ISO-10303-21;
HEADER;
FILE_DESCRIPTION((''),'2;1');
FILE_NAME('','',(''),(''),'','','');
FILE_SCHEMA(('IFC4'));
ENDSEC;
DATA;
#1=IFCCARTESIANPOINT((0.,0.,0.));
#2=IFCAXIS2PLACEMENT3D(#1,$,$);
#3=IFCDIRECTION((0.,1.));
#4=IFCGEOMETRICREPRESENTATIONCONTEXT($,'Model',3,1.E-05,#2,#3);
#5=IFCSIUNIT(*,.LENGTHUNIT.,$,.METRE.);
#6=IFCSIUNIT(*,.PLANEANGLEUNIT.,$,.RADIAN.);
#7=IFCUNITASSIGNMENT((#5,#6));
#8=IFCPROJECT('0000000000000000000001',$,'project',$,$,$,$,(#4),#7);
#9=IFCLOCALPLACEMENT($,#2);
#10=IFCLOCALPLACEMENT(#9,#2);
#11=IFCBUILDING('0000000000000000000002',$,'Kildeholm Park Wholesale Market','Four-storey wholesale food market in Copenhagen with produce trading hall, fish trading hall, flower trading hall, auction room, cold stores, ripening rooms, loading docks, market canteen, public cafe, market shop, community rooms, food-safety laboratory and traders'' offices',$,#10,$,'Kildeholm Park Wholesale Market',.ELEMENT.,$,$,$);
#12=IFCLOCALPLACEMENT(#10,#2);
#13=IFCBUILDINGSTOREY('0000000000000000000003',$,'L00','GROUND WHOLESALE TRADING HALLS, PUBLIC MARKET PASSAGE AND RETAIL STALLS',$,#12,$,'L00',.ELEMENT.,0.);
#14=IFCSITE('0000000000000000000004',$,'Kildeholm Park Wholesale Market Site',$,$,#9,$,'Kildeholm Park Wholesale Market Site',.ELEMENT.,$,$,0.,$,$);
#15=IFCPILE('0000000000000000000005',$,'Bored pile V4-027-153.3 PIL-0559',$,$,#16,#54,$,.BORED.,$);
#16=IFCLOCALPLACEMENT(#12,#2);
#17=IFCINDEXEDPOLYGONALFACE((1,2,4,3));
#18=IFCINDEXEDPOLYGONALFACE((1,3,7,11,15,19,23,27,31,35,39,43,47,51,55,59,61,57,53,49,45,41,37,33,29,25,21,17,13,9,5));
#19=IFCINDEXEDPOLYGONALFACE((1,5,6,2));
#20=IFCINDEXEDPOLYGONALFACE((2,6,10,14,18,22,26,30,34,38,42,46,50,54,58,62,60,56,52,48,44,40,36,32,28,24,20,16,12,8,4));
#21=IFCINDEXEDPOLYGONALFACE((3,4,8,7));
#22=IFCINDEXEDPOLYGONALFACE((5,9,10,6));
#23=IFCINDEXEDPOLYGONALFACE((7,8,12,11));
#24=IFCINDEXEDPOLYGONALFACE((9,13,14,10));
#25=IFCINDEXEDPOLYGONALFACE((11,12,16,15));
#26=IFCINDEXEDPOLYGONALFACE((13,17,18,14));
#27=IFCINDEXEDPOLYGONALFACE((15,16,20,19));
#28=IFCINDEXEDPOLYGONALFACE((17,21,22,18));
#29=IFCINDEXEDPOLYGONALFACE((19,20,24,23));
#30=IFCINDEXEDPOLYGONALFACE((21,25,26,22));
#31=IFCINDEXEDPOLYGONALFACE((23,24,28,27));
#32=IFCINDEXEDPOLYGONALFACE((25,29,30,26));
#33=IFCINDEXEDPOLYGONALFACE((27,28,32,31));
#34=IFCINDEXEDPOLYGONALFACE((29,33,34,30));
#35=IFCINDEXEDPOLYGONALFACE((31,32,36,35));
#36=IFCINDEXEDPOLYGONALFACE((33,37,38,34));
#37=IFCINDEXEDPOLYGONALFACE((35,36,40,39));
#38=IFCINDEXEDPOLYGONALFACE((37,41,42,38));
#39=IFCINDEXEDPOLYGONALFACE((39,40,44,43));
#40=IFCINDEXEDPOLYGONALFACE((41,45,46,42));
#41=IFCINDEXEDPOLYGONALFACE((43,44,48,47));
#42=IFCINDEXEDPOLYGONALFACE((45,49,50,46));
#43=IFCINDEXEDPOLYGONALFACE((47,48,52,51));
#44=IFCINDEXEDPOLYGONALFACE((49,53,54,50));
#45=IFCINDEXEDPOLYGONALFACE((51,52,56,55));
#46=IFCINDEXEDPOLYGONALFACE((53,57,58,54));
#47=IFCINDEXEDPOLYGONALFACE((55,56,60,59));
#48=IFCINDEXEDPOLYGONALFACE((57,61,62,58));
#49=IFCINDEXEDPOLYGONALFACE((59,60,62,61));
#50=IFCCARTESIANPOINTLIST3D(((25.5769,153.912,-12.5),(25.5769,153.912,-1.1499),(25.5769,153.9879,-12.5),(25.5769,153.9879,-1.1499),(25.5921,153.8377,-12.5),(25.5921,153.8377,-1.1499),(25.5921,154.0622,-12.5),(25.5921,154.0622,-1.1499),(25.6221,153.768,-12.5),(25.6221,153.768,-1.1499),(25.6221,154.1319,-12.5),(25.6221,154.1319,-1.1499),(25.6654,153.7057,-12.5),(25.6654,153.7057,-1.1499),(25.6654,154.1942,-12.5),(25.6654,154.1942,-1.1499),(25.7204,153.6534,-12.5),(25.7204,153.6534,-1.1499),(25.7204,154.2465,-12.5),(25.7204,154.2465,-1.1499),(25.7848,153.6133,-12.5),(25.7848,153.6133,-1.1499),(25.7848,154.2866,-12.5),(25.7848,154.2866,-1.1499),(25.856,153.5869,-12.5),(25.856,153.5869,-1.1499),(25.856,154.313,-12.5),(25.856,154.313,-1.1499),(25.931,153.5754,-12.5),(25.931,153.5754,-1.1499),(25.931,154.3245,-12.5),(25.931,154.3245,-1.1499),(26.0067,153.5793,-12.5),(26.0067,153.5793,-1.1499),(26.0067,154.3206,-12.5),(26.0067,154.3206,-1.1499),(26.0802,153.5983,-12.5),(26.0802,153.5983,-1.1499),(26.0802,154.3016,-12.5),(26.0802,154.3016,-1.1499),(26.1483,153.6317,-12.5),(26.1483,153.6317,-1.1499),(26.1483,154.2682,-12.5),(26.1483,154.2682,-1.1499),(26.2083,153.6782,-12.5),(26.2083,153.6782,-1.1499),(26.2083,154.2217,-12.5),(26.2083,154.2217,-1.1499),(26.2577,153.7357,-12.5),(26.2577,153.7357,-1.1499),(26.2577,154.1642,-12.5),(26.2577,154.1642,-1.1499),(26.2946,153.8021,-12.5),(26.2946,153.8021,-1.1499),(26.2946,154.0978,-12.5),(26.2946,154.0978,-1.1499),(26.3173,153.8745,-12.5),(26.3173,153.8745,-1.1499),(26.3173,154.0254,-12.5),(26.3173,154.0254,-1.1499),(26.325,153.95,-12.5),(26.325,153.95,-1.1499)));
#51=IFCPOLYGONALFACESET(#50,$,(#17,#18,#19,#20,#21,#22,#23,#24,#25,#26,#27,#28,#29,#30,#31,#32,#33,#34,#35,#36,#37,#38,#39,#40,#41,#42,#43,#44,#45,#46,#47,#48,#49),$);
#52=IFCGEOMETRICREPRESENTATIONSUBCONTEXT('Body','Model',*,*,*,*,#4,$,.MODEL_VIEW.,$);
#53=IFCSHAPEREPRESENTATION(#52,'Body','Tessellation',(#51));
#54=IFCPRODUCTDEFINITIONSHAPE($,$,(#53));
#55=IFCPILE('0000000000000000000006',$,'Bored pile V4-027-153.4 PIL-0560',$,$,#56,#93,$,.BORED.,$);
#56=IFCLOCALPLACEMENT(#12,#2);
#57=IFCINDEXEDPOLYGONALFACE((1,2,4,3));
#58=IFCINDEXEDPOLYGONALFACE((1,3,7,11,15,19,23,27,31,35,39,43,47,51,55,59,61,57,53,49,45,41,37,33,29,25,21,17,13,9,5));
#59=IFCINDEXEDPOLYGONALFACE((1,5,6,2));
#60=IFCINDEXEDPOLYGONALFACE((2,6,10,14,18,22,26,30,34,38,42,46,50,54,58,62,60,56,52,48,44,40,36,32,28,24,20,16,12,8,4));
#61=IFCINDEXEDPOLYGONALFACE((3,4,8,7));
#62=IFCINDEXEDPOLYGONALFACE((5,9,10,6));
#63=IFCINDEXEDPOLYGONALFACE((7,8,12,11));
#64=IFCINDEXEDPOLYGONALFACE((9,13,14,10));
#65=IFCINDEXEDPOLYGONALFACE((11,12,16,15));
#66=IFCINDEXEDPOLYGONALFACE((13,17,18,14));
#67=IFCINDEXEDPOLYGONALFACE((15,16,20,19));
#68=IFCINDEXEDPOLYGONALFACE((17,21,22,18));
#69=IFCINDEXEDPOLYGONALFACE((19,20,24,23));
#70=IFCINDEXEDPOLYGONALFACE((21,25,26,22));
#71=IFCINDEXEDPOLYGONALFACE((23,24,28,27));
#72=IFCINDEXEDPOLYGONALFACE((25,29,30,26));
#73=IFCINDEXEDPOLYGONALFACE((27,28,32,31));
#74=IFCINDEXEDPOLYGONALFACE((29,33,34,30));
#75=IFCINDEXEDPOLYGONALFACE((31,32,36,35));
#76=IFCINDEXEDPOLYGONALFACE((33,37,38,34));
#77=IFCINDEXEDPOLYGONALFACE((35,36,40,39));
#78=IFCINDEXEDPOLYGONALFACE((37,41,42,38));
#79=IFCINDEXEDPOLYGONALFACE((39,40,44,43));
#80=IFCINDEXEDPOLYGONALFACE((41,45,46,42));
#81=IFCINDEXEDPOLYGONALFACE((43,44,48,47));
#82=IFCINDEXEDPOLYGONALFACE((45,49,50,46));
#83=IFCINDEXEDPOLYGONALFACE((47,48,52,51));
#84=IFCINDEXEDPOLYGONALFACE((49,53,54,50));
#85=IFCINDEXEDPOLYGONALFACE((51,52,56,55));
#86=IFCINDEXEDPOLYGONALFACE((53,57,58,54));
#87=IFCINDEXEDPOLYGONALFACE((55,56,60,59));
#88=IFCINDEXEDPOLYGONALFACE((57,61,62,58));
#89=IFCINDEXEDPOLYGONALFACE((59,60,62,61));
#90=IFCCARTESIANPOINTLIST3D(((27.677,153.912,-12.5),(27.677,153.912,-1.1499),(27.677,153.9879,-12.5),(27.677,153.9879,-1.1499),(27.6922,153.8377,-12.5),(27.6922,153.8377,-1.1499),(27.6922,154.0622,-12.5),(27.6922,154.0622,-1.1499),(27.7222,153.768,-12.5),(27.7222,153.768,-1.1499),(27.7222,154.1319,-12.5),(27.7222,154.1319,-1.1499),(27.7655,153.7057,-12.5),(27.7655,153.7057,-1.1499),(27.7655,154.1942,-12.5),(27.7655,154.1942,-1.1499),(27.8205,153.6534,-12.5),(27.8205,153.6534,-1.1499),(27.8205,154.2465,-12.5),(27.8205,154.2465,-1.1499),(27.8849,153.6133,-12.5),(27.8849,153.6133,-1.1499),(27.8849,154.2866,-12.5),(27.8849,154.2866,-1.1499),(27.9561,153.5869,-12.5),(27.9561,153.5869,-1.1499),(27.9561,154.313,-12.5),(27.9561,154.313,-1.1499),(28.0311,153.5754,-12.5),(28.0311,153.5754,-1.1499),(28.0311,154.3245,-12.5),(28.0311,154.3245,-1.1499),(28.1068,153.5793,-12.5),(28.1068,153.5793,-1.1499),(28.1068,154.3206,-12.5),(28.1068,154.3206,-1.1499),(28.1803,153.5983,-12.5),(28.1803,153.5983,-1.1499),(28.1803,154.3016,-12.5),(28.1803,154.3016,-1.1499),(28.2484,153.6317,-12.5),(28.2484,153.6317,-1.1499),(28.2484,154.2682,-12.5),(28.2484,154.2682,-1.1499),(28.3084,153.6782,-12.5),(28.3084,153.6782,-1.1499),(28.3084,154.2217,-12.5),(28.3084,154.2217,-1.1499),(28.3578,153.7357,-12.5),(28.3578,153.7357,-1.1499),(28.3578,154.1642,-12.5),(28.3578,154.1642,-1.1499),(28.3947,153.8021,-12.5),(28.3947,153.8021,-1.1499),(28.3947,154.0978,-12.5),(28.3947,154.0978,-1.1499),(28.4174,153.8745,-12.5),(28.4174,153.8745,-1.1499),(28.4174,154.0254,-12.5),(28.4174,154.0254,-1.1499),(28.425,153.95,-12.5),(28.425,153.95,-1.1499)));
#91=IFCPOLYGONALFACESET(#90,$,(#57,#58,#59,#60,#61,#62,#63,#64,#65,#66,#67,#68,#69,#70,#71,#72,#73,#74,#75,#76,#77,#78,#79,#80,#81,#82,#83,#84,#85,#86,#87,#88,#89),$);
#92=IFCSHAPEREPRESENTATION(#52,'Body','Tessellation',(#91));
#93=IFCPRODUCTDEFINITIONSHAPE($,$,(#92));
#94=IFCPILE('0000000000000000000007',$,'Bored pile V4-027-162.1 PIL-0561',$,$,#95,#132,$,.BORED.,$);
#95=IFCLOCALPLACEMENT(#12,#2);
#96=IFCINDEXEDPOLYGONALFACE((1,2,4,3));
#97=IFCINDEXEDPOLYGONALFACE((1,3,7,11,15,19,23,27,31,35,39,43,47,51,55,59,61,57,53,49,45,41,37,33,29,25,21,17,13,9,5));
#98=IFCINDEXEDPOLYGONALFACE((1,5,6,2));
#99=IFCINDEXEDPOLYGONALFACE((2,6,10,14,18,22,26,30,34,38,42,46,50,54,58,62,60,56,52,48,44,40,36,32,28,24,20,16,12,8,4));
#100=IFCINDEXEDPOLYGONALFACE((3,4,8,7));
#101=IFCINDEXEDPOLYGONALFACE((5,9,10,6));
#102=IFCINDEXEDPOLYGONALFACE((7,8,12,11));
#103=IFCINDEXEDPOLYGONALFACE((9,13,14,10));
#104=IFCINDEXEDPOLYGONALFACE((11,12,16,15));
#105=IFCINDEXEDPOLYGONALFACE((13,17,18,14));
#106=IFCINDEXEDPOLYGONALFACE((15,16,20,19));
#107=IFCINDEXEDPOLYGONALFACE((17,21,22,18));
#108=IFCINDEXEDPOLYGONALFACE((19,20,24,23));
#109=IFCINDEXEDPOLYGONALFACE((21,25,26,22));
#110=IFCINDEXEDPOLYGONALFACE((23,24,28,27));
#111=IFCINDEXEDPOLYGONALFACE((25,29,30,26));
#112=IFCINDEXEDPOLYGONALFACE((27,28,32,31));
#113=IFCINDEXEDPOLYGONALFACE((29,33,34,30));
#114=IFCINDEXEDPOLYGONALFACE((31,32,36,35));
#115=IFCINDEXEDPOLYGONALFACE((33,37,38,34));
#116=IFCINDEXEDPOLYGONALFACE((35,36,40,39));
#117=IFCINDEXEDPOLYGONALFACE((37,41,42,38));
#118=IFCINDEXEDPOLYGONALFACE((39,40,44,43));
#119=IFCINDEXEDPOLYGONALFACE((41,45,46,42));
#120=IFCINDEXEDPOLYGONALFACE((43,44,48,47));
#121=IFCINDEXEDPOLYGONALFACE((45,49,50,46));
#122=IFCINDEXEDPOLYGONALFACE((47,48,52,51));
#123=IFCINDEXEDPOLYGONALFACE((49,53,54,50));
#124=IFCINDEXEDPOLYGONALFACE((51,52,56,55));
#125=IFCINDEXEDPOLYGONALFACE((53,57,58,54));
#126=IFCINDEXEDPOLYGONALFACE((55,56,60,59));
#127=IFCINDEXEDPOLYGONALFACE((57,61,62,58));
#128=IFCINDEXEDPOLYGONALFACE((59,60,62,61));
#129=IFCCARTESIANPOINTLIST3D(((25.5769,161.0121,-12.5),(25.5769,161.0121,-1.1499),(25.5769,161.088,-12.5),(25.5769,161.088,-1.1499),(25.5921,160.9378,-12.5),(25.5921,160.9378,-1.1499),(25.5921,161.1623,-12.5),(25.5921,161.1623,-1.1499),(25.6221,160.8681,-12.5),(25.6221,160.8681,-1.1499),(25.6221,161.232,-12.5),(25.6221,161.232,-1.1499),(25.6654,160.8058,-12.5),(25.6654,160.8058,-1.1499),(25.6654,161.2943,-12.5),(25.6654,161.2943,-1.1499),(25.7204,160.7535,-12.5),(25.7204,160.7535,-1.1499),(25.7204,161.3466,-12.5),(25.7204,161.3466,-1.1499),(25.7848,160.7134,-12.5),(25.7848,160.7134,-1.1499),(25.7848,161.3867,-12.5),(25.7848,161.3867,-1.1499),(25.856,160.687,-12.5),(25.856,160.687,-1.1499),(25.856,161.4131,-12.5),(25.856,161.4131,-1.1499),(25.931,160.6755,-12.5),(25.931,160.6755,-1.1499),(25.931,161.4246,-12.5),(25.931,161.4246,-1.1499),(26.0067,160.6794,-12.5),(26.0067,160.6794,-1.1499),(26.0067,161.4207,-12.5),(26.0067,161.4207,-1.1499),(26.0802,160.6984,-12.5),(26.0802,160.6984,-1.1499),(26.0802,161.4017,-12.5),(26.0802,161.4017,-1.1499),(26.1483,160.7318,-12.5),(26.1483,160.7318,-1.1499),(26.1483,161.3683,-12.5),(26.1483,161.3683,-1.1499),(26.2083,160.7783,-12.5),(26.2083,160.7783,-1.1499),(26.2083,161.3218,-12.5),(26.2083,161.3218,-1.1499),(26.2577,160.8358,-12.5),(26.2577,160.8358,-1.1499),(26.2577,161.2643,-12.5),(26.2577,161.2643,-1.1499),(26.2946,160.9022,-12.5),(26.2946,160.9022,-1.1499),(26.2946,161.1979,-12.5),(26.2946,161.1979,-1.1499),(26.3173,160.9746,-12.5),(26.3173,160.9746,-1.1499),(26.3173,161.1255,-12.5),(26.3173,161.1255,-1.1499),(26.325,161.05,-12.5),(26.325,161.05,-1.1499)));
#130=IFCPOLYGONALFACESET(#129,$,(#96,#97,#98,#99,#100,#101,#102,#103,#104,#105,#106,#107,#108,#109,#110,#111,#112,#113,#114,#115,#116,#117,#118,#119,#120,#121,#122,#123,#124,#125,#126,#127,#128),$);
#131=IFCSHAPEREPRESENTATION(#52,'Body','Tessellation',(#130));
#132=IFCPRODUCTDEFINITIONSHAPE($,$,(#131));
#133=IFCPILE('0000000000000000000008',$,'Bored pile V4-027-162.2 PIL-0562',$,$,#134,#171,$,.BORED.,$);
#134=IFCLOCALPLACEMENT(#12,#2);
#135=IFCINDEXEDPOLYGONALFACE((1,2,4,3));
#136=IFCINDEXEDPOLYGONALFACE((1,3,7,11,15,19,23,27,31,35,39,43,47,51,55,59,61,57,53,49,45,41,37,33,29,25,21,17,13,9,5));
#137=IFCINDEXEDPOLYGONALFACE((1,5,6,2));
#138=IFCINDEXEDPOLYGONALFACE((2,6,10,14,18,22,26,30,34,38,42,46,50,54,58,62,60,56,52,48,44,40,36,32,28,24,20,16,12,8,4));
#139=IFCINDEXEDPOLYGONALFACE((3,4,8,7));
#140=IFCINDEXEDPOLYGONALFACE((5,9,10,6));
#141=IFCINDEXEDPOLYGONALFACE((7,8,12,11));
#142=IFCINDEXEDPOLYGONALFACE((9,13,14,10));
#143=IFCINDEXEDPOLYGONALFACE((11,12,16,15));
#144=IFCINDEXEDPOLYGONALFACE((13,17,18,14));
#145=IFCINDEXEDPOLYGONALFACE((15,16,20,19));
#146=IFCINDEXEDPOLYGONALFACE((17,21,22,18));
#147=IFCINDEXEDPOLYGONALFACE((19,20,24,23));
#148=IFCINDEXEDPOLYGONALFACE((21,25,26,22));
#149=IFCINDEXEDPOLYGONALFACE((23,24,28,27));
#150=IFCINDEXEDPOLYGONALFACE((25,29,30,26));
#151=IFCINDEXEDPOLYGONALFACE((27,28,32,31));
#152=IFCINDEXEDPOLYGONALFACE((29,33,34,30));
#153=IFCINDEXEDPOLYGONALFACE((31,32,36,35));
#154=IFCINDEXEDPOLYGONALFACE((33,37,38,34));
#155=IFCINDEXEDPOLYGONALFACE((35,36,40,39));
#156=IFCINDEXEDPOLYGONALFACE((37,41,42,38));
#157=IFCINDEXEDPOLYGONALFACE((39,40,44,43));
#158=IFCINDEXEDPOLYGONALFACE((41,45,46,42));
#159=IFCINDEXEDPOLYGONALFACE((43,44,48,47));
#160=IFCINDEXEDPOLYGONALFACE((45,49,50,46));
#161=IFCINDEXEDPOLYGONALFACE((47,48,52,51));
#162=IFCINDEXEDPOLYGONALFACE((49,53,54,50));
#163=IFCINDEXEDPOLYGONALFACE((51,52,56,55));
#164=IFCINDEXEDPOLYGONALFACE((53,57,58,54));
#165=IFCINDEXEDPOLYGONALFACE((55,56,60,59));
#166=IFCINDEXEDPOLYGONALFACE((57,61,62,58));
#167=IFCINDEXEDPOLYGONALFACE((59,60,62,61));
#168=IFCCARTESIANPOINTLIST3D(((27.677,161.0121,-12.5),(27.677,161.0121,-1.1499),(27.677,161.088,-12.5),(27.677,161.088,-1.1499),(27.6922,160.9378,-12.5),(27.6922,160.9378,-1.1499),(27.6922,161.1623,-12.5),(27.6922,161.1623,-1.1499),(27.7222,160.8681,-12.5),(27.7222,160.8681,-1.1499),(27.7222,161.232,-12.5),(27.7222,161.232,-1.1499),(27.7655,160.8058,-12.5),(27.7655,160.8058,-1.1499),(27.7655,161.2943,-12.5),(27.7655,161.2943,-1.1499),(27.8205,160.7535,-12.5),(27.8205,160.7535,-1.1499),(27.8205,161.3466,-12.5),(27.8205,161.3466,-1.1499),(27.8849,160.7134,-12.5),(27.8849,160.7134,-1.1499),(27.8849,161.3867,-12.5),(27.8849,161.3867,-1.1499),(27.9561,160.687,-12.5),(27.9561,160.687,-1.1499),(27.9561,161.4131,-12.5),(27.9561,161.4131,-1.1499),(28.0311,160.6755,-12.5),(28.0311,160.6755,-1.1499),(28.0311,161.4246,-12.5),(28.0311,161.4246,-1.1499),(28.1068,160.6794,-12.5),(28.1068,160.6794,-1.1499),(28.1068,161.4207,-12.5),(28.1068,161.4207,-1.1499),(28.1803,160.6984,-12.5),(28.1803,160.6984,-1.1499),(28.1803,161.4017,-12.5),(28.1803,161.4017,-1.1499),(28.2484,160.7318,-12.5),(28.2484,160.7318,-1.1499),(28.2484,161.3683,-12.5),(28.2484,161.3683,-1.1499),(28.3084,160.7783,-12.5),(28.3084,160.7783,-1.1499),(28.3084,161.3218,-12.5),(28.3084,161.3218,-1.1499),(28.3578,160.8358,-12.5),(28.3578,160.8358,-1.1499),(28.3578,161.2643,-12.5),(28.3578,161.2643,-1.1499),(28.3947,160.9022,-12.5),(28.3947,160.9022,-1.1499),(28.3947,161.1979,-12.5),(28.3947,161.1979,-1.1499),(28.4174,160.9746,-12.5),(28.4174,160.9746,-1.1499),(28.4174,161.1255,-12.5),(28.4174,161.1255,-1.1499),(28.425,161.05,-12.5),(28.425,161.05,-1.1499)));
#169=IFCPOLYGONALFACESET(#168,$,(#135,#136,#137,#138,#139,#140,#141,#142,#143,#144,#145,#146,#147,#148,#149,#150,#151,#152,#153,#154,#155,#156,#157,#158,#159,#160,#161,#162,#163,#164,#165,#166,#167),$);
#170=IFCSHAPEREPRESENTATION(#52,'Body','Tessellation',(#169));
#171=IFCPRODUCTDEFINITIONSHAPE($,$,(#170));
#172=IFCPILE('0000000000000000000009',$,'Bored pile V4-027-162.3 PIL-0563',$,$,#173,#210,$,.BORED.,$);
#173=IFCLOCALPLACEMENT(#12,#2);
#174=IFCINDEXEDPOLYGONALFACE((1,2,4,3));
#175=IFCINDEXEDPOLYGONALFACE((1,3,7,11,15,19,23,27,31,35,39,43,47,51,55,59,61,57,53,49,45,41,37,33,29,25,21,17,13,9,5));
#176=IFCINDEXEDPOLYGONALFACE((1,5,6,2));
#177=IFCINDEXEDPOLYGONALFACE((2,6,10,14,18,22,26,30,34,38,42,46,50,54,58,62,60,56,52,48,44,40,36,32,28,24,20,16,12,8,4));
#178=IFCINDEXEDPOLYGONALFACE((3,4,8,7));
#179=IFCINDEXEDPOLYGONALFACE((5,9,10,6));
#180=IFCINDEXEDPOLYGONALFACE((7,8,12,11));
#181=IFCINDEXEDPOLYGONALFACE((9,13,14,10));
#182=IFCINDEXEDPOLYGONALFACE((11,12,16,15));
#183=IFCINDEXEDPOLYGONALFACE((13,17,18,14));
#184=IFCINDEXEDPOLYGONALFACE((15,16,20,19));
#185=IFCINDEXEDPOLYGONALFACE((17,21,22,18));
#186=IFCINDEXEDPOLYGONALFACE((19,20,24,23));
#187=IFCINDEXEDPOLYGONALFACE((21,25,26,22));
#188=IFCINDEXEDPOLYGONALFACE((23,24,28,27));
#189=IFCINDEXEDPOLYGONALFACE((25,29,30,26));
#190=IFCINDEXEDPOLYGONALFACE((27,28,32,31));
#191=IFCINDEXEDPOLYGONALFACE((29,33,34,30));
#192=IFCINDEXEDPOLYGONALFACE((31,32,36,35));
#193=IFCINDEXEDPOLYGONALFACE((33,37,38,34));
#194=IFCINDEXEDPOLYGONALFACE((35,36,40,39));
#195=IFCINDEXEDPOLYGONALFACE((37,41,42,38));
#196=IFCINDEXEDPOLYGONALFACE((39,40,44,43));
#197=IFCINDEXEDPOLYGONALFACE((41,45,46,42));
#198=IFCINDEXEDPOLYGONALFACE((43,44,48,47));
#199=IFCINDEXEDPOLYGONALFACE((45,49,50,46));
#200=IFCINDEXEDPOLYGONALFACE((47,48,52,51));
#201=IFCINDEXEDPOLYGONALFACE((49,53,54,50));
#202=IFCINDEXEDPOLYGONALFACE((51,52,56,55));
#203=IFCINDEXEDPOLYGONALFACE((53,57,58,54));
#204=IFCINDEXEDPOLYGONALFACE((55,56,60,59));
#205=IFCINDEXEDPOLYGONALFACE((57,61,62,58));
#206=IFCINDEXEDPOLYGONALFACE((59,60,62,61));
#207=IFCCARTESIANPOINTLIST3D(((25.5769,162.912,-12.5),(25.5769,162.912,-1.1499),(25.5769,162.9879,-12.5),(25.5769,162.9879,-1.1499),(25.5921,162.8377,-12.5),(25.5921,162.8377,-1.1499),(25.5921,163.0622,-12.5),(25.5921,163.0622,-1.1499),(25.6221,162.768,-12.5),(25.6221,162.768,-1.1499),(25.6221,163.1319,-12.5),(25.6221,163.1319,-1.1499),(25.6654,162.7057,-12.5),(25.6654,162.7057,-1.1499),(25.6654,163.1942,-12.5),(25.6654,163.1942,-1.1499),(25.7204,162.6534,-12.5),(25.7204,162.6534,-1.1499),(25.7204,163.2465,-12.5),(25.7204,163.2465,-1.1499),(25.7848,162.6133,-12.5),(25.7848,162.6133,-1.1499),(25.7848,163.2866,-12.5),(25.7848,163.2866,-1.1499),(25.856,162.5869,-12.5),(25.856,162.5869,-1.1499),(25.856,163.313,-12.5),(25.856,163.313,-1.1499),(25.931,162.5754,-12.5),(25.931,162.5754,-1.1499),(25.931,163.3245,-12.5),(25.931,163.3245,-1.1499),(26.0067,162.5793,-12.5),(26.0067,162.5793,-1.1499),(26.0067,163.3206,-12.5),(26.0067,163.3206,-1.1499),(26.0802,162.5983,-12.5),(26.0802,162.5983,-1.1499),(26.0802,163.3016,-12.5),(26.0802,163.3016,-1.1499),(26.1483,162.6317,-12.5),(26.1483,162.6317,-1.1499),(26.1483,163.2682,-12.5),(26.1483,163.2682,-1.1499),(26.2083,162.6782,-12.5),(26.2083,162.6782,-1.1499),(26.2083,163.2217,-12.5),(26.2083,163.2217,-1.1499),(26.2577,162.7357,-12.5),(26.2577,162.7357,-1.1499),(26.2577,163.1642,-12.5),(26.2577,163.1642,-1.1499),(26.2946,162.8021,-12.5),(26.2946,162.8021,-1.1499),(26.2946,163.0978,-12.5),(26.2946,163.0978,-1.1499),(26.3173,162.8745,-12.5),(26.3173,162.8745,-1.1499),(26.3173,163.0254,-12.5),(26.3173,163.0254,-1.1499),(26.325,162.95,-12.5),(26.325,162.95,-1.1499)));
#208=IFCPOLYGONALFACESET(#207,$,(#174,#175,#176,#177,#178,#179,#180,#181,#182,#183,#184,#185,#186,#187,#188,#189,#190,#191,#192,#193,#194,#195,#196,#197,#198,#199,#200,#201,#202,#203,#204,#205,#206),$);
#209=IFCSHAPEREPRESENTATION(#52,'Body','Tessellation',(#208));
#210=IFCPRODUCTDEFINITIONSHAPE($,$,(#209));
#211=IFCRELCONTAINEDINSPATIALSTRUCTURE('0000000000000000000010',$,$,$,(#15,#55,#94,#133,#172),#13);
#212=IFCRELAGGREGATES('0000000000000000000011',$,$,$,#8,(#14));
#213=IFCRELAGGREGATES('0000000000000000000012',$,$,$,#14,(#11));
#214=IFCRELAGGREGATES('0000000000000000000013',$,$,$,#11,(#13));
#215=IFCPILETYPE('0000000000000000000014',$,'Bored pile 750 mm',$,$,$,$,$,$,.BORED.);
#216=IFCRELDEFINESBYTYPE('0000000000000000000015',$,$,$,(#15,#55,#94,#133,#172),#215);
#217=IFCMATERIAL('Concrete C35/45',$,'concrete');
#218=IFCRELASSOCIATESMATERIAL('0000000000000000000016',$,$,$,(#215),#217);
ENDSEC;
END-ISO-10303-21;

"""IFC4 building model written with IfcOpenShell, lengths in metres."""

from ifc_helpers import new_model, si_unit, direction, frame, origin, origin_2d, place, context, subcontext, project, spatial, circle, extrude, material, material_profile, profile_set, type_object, element, save


model = new_model("IFC4")

# Units and contexts
model_context = context("Model", 3, precision=1e-05, world=origin(), true_north=direction((0.0, 1.0)))
body_context = subcontext(model_context, "Body", "Model", "MODEL_VIEW")
ifc_project = project(units=[si_unit("LENGTHUNIT", "METRE"), si_unit("PLANEANGLEUNIT", "RADIAN")], contexts=[model_context])

# Site, building, storey
site_placement = place(None, origin())
site = spatial("IfcSite", under=ifc_project, at=site_placement, Name="Kildeholm Park Wholesale Market Site", LongName="Kildeholm Park Wholesale Market Site", CompositionType="ELEMENT", RefElevation=0.0)
building_placement = place(site_placement, origin())
building = spatial("IfcBuilding", under=site, at=building_placement, Name="Kildeholm Park Wholesale Market", Description="Four-storey wholesale food market in Copenhagen with produce trading hall, fish trading hall, flower trading hall, auction room, cold stores, ripening rooms, loading docks, market canteen, public cafe, market shop, community rooms, food-safety laboratory and traders' offices", LongName="Kildeholm Park Wholesale Market", CompositionType="ELEMENT")
storey_placement = place(building_placement, origin())
storey = spatial("IfcBuildingStorey", under=building, at=storey_placement, Name="L00", Description="GROUND WHOLESALE TRADING HALLS, PUBLIC MARKET PASSAGE AND RETAIL STALLS", LongName="L00", CompositionType="ELEMENT", Elevation=0.0)

# Piles
ifc_material_1 = material(Name="Concrete C35/45", Category="concrete")
ifc_material_profile_1 = material_profile(ifc_material_1, circle(Radius=0.375, at=origin_2d()), Name="PILE D750")
ifc_profile_set_1 = profile_set([ifc_material_profile_1], Name="Concrete C35/45")
pile_type = type_object("IfcPileType", Name="Bored pile 750 mm", PredefinedType="BORED", material=ifc_profile_set_1)
for number, where, z_axis, x_axis, name in (
    (1, (25.95, 153.95, -1.1499), (0.0, 0.0, -1.0), (1.0, 0.0, 0.0), "Bored pile V4-027-153.3 PIL-0559"),
    (2, (28.05, 153.95, -1.1499), (0.0, 0.0, -1.0), (1.0, 0.0, 0.0), "Bored pile V4-027-153.4 PIL-0560"),
    (3, (25.95, 161.05, -1.1499), (0.0, 0.0, -1.0), (1.0, 0.0, 0.0), "Bored pile V4-027-162.1 PIL-0561"),
    (4, (28.05, 161.05, -1.1499), (0.0, 0.0, -1.0), (1.0, 0.0, 0.0), "Bored pile V4-027-162.2 PIL-0562"),
    (5, (25.95, 162.95, -1.1499), (0.0, 0.0, -1.0), (1.0, 0.0, 0.0), "Bored pile V4-027-162.3 PIL-0563"),
):
    element("IfcPile", number, at=place(storey_placement, frame(where, z_axis=z_axis, x_axis=x_axis)), inside=storey, type_object=pile_type, Name=name, PredefinedType="BORED", context=body_context, shape_type="SweptSolid", body=[
        extrude(circle(Radius=0.375, at=origin_2d()), origin(), (0.0, 0.0, 1.0), 11.3501),
    ])

save(model, "model.ifc")
